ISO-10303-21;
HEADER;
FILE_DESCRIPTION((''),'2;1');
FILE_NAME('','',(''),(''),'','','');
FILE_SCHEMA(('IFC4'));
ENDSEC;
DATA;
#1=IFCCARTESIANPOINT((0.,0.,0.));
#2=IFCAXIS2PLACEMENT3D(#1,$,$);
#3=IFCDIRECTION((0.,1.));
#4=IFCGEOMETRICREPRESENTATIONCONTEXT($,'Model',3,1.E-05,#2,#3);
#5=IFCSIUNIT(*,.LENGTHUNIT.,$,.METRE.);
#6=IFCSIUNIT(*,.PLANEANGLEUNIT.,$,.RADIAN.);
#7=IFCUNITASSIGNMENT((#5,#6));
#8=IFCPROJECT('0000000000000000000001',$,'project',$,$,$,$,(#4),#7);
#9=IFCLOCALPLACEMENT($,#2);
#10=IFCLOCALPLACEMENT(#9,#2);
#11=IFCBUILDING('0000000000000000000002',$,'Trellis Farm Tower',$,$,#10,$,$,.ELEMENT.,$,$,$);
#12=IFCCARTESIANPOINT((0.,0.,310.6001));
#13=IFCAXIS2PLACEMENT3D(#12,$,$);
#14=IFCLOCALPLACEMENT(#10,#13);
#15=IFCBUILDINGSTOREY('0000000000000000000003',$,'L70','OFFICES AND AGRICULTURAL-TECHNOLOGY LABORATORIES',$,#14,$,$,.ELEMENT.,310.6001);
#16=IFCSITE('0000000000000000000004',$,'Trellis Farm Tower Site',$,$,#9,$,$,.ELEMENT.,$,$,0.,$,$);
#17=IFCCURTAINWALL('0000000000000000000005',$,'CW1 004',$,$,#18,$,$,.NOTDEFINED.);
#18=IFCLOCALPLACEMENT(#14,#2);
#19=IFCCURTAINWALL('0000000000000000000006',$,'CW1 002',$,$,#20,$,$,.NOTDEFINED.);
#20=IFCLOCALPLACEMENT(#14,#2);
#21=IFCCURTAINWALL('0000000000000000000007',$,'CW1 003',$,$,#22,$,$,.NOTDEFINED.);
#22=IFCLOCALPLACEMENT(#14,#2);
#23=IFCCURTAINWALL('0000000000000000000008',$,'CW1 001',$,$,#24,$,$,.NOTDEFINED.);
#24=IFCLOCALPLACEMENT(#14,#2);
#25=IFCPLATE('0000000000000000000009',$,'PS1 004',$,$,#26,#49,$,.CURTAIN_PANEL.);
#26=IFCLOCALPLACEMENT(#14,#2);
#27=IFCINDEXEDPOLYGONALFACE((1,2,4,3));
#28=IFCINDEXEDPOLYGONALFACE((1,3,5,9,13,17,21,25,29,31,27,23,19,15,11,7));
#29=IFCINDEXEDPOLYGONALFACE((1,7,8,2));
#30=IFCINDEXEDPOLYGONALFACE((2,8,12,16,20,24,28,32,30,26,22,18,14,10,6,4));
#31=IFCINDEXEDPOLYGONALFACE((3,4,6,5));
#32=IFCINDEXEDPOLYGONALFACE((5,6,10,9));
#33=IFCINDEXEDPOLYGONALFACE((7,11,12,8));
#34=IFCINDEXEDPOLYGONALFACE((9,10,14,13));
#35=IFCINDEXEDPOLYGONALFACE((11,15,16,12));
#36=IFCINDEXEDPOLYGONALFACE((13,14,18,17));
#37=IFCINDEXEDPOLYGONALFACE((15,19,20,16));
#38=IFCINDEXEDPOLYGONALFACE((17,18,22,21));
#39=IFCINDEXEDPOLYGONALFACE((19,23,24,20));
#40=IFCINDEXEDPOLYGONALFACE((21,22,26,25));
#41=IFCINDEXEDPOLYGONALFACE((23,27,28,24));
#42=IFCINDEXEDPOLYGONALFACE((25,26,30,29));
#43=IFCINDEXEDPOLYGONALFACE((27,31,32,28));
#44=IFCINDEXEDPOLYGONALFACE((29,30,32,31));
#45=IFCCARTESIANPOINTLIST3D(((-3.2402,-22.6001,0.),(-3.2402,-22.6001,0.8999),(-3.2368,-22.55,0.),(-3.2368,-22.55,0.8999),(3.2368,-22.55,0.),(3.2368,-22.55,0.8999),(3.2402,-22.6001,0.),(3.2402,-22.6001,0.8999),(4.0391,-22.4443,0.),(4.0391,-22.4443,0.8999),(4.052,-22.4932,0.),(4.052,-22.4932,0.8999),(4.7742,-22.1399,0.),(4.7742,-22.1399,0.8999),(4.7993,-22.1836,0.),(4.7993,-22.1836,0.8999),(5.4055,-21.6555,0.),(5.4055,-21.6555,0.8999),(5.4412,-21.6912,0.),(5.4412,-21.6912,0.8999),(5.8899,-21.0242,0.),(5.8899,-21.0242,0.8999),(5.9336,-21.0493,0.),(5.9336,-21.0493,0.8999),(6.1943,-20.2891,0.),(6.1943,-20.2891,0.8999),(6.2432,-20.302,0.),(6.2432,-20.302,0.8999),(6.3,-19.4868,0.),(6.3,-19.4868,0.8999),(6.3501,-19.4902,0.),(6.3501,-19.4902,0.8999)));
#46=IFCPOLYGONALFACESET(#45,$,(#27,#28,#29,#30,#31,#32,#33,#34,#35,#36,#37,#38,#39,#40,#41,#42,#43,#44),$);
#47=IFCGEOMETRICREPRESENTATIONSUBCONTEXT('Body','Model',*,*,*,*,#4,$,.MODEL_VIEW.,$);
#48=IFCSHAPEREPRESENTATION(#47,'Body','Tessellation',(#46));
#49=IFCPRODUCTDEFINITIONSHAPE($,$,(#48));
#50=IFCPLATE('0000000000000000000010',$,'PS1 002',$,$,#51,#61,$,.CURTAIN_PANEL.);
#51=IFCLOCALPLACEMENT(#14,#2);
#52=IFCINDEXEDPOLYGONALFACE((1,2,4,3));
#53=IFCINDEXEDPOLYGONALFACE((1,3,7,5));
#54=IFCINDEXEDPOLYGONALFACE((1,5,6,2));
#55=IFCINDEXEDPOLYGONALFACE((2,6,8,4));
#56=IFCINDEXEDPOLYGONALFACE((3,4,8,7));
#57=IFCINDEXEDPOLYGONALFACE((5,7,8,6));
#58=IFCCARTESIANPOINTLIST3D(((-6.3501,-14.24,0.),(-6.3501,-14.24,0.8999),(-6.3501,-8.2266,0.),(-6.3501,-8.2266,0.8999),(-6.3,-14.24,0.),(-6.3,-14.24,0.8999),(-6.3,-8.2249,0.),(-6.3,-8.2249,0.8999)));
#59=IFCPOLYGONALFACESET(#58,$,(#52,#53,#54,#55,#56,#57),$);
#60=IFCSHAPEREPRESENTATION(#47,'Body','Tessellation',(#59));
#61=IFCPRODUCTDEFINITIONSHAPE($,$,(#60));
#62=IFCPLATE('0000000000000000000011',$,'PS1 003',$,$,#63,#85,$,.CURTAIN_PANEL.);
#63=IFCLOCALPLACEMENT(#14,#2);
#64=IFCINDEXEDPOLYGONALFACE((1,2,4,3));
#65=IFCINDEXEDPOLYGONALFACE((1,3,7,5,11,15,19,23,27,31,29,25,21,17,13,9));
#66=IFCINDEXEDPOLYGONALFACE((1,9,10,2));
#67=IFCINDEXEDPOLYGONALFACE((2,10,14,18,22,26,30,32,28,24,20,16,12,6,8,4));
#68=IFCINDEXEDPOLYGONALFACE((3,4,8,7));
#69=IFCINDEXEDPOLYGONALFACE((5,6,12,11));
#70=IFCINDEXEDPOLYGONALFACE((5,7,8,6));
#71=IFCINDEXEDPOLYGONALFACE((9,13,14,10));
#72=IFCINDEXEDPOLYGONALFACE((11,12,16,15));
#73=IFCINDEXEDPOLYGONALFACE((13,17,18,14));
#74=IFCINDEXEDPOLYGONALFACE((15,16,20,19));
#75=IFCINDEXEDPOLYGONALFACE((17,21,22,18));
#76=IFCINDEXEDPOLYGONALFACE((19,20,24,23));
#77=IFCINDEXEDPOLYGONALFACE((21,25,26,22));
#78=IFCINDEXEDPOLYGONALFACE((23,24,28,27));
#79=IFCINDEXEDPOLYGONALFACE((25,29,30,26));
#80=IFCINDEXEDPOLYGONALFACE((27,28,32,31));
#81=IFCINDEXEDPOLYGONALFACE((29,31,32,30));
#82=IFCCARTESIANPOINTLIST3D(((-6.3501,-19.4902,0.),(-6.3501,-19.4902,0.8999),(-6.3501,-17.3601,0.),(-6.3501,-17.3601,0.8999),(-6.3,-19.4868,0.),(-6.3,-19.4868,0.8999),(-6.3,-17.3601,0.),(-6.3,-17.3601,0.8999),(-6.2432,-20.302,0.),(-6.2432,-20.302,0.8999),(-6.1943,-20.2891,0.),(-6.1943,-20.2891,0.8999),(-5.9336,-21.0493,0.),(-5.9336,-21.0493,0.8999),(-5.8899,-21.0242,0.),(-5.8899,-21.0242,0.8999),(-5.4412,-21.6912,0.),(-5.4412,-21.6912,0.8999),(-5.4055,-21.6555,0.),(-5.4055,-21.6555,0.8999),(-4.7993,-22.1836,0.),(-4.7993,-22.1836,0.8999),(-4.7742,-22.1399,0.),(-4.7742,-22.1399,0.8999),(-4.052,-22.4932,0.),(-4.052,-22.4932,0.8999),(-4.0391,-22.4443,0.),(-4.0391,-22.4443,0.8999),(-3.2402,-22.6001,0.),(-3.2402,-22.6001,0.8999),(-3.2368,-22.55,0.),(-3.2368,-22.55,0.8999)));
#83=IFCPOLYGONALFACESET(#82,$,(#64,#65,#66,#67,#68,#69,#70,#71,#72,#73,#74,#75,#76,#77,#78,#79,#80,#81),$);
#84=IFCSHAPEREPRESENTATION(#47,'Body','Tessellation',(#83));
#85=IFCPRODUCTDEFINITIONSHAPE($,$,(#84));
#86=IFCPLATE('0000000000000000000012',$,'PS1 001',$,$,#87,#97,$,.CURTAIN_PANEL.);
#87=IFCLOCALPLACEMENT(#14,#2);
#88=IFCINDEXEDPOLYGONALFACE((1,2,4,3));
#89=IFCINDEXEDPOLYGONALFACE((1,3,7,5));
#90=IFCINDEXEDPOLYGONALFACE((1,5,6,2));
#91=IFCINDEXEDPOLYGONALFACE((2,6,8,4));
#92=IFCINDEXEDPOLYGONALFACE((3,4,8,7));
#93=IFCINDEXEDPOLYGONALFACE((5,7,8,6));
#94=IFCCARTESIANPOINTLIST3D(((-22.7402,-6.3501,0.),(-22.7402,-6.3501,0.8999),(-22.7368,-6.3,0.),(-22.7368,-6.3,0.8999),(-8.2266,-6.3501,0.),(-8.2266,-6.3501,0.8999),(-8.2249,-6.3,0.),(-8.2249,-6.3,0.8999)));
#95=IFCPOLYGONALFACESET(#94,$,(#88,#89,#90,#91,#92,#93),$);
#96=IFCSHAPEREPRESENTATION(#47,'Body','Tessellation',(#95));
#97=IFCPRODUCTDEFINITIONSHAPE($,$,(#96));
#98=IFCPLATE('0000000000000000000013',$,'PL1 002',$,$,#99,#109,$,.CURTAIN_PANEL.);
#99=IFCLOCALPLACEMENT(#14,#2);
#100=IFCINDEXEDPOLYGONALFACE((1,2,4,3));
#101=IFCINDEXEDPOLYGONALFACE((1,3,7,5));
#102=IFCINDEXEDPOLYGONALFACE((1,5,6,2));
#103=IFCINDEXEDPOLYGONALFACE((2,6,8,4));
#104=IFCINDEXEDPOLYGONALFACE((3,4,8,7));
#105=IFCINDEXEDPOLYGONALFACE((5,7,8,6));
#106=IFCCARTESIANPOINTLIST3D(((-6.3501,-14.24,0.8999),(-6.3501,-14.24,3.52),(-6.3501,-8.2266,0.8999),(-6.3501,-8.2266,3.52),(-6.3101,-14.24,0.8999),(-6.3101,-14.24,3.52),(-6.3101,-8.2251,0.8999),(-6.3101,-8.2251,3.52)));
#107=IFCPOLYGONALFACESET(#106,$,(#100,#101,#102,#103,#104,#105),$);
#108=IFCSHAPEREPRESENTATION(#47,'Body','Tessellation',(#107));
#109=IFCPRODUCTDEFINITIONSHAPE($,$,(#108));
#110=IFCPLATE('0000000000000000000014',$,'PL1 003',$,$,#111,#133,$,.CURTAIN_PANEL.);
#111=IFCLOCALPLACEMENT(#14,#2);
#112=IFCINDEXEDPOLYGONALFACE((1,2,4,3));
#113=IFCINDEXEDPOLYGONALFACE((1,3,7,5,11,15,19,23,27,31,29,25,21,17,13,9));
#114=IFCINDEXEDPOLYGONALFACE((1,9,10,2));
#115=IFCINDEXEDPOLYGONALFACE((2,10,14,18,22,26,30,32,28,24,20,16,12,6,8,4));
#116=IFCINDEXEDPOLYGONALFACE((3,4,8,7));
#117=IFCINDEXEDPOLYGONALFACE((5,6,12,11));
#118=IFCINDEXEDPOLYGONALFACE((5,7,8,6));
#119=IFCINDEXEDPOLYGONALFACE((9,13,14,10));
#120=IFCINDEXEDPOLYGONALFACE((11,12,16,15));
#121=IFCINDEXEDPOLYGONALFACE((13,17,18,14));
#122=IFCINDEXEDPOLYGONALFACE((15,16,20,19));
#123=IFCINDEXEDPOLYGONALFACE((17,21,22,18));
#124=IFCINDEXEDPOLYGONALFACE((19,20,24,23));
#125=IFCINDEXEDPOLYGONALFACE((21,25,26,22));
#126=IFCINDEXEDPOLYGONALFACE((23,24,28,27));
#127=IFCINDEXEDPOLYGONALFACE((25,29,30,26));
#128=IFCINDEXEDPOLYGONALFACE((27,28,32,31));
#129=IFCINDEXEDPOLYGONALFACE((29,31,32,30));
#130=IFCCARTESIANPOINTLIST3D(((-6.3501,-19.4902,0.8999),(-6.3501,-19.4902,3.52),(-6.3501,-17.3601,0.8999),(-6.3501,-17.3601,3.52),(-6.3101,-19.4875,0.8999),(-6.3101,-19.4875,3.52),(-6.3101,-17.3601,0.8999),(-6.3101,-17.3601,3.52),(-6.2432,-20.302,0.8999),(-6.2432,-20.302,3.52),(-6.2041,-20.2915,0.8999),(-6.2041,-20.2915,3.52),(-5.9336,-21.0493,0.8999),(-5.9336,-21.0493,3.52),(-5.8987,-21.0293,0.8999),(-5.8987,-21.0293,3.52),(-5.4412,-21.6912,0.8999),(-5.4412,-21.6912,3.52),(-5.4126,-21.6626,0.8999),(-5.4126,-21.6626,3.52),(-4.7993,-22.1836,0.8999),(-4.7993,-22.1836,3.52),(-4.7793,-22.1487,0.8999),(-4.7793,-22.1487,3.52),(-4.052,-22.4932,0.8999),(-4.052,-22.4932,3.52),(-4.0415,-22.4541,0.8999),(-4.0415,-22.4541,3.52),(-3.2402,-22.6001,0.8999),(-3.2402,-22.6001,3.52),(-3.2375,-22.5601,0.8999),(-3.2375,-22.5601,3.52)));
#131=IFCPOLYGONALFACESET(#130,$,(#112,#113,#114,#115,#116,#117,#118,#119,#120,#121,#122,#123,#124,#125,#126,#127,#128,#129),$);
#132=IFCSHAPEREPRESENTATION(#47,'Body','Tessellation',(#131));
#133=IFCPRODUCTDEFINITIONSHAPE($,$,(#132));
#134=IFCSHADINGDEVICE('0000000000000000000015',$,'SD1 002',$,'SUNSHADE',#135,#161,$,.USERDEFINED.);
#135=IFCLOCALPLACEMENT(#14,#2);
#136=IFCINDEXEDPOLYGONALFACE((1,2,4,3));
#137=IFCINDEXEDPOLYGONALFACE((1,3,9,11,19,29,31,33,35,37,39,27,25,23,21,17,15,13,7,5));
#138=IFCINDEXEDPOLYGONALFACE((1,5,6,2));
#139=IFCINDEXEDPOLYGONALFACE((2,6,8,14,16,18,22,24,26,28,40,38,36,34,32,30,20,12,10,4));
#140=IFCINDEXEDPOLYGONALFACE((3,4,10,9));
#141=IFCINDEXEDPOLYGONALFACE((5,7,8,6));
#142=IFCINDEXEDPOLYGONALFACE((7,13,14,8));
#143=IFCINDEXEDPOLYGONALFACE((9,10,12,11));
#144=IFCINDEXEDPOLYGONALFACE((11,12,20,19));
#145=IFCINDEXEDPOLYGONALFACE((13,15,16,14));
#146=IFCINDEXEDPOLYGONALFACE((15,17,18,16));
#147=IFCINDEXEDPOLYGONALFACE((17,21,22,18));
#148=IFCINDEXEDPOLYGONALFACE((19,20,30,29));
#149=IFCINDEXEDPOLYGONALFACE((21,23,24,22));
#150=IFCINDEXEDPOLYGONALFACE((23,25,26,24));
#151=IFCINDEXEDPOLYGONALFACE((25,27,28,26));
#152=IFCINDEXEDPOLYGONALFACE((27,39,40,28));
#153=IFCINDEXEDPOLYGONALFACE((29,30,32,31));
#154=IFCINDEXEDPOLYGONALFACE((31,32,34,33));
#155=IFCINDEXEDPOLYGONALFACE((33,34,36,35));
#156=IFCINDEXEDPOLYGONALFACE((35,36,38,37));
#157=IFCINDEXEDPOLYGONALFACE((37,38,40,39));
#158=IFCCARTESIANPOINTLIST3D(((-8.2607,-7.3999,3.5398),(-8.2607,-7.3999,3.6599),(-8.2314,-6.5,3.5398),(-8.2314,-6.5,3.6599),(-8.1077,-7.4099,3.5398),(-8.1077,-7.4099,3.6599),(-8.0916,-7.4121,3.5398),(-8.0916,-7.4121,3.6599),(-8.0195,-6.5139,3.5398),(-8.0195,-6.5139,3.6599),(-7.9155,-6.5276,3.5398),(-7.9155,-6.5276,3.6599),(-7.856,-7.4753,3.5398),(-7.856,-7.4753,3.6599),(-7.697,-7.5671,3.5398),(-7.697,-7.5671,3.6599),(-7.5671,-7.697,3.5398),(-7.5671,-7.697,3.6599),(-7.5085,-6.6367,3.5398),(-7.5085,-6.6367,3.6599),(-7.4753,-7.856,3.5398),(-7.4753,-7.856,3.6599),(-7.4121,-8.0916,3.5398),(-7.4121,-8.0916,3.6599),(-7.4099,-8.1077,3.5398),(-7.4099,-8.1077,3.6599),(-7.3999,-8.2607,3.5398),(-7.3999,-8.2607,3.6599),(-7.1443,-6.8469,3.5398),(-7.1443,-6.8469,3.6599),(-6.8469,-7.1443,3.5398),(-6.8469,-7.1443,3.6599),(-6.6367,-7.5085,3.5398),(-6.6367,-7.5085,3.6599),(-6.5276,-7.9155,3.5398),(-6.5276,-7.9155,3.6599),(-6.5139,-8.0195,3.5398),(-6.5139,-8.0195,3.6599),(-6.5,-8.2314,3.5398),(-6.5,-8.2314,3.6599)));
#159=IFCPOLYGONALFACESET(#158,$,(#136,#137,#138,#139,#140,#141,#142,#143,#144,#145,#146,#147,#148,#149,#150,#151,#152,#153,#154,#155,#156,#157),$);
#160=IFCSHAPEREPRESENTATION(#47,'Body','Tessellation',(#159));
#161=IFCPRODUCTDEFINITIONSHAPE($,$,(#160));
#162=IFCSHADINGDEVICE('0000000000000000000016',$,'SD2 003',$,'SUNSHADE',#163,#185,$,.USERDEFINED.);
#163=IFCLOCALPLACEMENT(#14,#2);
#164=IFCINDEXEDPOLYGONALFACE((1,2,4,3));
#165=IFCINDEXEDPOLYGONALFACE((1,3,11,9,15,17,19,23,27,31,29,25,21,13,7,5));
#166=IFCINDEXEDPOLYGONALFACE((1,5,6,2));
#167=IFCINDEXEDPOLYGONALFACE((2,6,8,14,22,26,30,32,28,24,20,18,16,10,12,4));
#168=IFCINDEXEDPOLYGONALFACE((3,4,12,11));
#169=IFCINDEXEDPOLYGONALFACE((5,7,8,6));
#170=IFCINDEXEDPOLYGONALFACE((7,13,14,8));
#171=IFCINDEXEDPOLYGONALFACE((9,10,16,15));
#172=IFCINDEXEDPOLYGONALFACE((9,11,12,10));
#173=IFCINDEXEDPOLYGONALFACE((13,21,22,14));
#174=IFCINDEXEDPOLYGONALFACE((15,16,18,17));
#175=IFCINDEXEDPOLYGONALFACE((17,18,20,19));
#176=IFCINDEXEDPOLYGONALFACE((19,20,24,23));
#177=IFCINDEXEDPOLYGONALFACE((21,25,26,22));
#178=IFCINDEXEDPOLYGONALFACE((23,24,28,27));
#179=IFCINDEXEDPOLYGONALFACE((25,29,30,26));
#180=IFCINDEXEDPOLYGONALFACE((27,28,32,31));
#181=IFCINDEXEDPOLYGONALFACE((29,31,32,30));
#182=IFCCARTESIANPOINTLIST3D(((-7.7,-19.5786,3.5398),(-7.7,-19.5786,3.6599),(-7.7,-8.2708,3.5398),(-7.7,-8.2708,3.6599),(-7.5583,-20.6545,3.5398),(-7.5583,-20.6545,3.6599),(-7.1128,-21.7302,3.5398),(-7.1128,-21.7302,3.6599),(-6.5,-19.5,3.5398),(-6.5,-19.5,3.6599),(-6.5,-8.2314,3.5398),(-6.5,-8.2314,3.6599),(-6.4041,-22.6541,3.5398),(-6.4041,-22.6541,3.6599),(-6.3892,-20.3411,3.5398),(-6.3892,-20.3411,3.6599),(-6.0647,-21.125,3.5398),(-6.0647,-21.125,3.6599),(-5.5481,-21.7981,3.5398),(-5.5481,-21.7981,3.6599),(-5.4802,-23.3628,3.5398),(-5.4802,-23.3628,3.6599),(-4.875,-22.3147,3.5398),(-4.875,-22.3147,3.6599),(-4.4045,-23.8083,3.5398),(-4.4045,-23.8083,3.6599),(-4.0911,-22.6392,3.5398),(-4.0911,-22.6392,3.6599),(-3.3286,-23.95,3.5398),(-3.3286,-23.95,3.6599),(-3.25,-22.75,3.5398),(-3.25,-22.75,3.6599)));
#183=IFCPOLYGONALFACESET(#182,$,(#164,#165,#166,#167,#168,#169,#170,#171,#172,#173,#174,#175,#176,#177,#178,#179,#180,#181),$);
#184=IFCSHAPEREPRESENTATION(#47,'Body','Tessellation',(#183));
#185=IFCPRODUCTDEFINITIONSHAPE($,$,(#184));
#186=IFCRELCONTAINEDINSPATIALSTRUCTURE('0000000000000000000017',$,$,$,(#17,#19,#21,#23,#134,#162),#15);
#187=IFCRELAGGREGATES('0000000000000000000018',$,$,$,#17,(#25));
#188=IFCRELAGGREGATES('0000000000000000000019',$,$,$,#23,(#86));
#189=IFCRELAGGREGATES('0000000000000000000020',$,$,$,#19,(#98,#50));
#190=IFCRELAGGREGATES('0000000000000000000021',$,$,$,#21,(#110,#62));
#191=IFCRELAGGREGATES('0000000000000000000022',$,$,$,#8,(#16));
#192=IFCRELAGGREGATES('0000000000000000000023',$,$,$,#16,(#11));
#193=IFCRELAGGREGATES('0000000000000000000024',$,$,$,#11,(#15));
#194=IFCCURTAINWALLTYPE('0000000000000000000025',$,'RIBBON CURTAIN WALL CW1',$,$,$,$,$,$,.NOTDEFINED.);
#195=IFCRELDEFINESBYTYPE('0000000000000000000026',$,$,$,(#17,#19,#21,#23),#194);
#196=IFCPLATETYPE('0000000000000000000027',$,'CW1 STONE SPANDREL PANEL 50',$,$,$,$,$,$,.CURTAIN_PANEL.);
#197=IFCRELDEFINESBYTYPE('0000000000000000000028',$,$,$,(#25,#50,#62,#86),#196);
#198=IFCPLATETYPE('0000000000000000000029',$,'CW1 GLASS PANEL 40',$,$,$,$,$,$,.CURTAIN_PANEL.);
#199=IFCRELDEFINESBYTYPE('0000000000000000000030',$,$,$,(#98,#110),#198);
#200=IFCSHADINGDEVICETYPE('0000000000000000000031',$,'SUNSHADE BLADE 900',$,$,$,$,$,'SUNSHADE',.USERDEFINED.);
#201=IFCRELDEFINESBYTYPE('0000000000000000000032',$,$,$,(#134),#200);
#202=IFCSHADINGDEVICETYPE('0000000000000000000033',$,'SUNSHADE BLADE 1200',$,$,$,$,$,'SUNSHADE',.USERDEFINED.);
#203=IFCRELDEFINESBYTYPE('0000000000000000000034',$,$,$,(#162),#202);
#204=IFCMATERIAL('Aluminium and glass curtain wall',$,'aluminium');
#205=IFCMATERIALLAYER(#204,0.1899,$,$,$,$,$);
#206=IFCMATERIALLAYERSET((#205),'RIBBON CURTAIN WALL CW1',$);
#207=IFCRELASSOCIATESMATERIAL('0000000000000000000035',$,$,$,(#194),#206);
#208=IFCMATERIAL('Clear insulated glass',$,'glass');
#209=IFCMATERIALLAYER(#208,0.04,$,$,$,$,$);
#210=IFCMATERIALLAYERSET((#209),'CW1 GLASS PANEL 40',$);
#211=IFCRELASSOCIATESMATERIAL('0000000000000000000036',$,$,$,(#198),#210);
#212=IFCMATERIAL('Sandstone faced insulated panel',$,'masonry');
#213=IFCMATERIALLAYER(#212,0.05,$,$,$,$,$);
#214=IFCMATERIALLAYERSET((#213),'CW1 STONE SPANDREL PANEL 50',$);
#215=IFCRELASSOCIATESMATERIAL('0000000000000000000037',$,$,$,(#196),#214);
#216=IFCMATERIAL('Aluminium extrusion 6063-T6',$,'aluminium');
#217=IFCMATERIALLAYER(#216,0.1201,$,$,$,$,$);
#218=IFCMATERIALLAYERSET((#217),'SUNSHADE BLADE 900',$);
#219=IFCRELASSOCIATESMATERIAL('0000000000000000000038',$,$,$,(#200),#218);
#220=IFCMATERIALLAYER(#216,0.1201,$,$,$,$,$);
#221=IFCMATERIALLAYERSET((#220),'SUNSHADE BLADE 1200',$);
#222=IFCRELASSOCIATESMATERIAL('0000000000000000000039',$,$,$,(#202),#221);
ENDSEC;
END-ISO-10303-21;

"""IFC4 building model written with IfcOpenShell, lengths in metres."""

from ifc_helpers import new_model, si_unit, direction, frame, origin, place, context, subcontext, project, spatial, polyline, outline, extrude, source, transform, mapped, material, layer, layer_set, type_object, element, aggregate, save


model = new_model("IFC4")

# Units and contexts
model_context = context("Model", 3, precision=1e-05, world=origin(), true_north=direction((0.0, 1.0)))
body_context = subcontext(model_context, "Body", "Model", "MODEL_VIEW")
ifc_project = project(units=[si_unit("LENGTHUNIT", "METRE"), si_unit("PLANEANGLEUNIT", "RADIAN")], contexts=[model_context])

# Site, building, storey
site_placement = place(None, origin())
site = spatial("IfcSite", under=ifc_project, at=site_placement, Name="Trellis Farm Tower Site", CompositionType="ELEMENT", RefElevation=0.0)
building_placement = place(site_placement, origin())
building = spatial("IfcBuilding", under=site, at=building_placement, Name="Trellis Farm Tower", CompositionType="ELEMENT")
storey_placement = place(building_placement, frame((0.0, 0.0, 310.6001)))
storey = spatial("IfcBuildingStorey", under=building, at=storey_placement, Name="L70", Description="OFFICES AND AGRICULTURAL-TECHNOLOGY LABORATORIES", CompositionType="ELEMENT", Elevation=310.6001)

# Curtain walls
ifc_material_1 = material(Name="Aluminium and glass curtain wall", Category="aluminium")
placement_1 = place(storey_placement, origin())
ifc_material_2 = material(Name="Aluminium extrusion 6063-T6", Category="aluminium")
ifc_layer_1 = layer(ifc_material_1, 0.1899)
ifc_layer_set_1 = layer_set([ifc_layer_1], Name="RIBBON CURTAIN WALL CW1")
curtain_wall_type_1 = type_object("IfcCurtainWallType", Name="RIBBON CURTAIN WALL CW1", PredefinedType="NOTDEFINED", material=ifc_layer_set_1)
curtain_wall_1 = element("IfcCurtainWall", 1, at=placement_1, inside=storey, type_object=curtain_wall_type_1, Name="CW1 004", PredefinedType="NOTDEFINED")
curtain_wall_2 = element("IfcCurtainWall", 2, at=placement_1, inside=storey, type_object=curtain_wall_type_1, Name="CW1 002", PredefinedType="NOTDEFINED")
curtain_wall_3 = element("IfcCurtainWall", 3, at=placement_1, inside=storey, type_object=curtain_wall_type_1, Name="CW1 003", PredefinedType="NOTDEFINED")
curtain_wall_4 = element("IfcCurtainWall", 4, at=placement_1, inside=storey, type_object=curtain_wall_type_1, Name="CW1 001", PredefinedType="NOTDEFINED")

# Plates
ifc_material_3 = material(Name="Clear insulated glass", Category="glass")
ifc_layer_2 = layer(ifc_material_3, 0.04)
ifc_layer_set_2 = layer_set([ifc_layer_2], Name="CW1 GLASS PANEL 40")
plate_type_1 = type_object("IfcPlateType", Name="CW1 GLASS PANEL 40", PredefinedType="CURTAIN_PANEL", material=ifc_layer_set_2)
placement_2 = place(storey_placement, frame((0.0, 0.0, 0.8999)))
ifc_material_4 = material(Name="Sandstone faced insulated panel", Category="masonry")
ifc_layer_3 = layer(ifc_material_4, 0.05)
ifc_layer_set_3 = layer_set([ifc_layer_3], Name="CW1 STONE SPANDREL PANEL 50")
plate_type_2 = type_object("IfcPlateType", Name="CW1 STONE SPANDREL PANEL 50", PredefinedType="CURTAIN_PANEL", material=ifc_layer_set_3)
shared_shape_1 = source(origin(), body_context, "Body", "SweptSolid", [
    extrude(outline(polyline([(-3.2402, -22.6001), (3.2402, -22.6001), (4.052, -22.4932), (4.7993, -22.1836), (5.4412, -21.6912), (5.9336, -21.0493), (6.2432, -20.302), (6.3501, -19.4902), (6.3, -19.4868), (6.1943, -20.2891), (5.8899, -21.0242), (5.4055, -21.6555), (4.7742, -22.1399), (4.0391, -22.4443), (3.2368, -22.55), (-3.2368, -22.55), (-3.2402, -22.6001)])), origin(), (0.0, 0.0, 1.0), 0.8999),
])
plate_1 = element("IfcPlate", 5, at=placement_1, type_object=plate_type_2, Name="PS1 004", PredefinedType="CURTAIN_PANEL", context=body_context, shape_type="MappedRepresentation", body=[
    mapped(shared_shape_1, transform((0.0, 0.0, 0.0))),
])
aggregate(curtain_wall_1, [plate_1])
shared_shape_2 = source(origin(), body_context, "Body", "SweptSolid", [
    extrude(outline(polyline([(-6.3501, -8.2266), (-6.3501, -14.24), (-6.3, -14.24), (-6.3, -8.2249), (-6.3501, -8.2266)])), origin(), (0.0, 0.0, 1.0), 0.8999),
])
plate_2 = element("IfcPlate", 6, at=placement_1, type_object=plate_type_2, Name="PS1 002", PredefinedType="CURTAIN_PANEL", context=body_context, shape_type="MappedRepresentation", body=[
    mapped(shared_shape_2, transform((0.0, 0.0, 0.0))),
])
shared_shape_3 = source(origin(), body_context, "Body", "SweptSolid", [
    extrude(outline(polyline([(-6.3501, -17.3601), (-6.3501, -19.4902), (-6.2432, -20.302), (-5.9336, -21.0493), (-5.4412, -21.6912), (-4.7993, -22.1836), (-4.052, -22.4932), (-3.2402, -22.6001), (-3.2368, -22.55), (-4.0391, -22.4443), (-4.7742, -22.1399), (-5.4055, -21.6555), (-5.8899, -21.0242), (-6.1943, -20.2891), (-6.3, -19.4868), (-6.3, -17.3601), (-6.3501, -17.3601)])), origin(), (0.0, 0.0, 1.0), 0.8999),
])
plate_3 = element("IfcPlate", 7, at=placement_1, type_object=plate_type_2, Name="PS1 003", PredefinedType="CURTAIN_PANEL", context=body_context, shape_type="MappedRepresentation", body=[
    mapped(shared_shape_3, transform((0.0, 0.0, 0.0))),
])
shared_shape_4 = source(origin(), body_context, "Body", "SweptSolid", [
    extrude(outline(polyline([(-22.7402, -6.3501), (-8.2266, -6.3501), (-8.2249, -6.3), (-22.7368, -6.3), (-22.7402, -6.3501)])), origin(), (0.0, 0.0, 1.0), 0.8999),
])
plate_4 = element("IfcPlate", 8, at=placement_1, type_object=plate_type_2, Name="PS1 001", PredefinedType="CURTAIN_PANEL", context=body_context, shape_type="MappedRepresentation", body=[
    mapped(shared_shape_4, transform((0.0, 0.0, 0.0))),
])
aggregate(curtain_wall_4, [plate_4])
shared_shape_5 = source(origin(), body_context, "Body", "SweptSolid", [
    extrude(outline(polyline([(-6.3501, -8.2266), (-6.3501, -14.24), (-6.3101, -14.24), (-6.3101, -8.2251), (-6.3501, -8.2266)])), origin(), (0.0, 0.0, 1.0), 2.6201),
])
plate_5 = element("IfcPlate", 9, at=placement_2, type_object=plate_type_1, Name="PL1 002", PredefinedType="CURTAIN_PANEL", context=body_context, shape_type="MappedRepresentation", body=[
    mapped(shared_shape_5, transform((0.0, 0.0, 0.0))),
])
aggregate(curtain_wall_2, [plate_5, plate_2])
shared_shape_6 = source(origin(), body_context, "Body", "SweptSolid", [
    extrude(outline(polyline([(-6.3501, -17.3601), (-6.3501, -19.4902), (-6.2432, -20.302), (-5.9336, -21.0493), (-5.4412, -21.6912), (-4.7993, -22.1836), (-4.052, -22.4932), (-3.2402, -22.6001), (-3.2375, -22.5601), (-4.0415, -22.4541), (-4.7793, -22.1487), (-5.4126, -21.6626), (-5.8987, -21.0293), (-6.2041, -20.2915), (-6.3101, -19.4875), (-6.3101, -17.3601), (-6.3501, -17.3601)])), origin(), (0.0, 0.0, 1.0), 2.6201),
])
plate_6 = element("IfcPlate", 10, at=placement_2, type_object=plate_type_1, Name="PL1 003", PredefinedType="CURTAIN_PANEL", context=body_context, shape_type="MappedRepresentation", body=[
    mapped(shared_shape_6, transform((0.0, 0.0, 0.0))),
])
aggregate(curtain_wall_3, [plate_6, plate_3])

# Shading devices
ifc_layer_4 = layer(ifc_material_2, 0.1201)
ifc_layer_set_4 = layer_set([ifc_layer_4], Name="SUNSHADE BLADE 900")
shading_device_type_1 = type_object("IfcShadingDeviceType", Name="SUNSHADE BLADE 900", ElementType="SUNSHADE", PredefinedType="USERDEFINED", material=ifc_layer_set_4)
shared_shape_7 = source(origin(), body_context, "Body", "SweptSolid", [
    extrude(outline(polyline([(-8.2607, -7.3999), (-8.1077, -7.4099), (-8.0916, -7.4121), (-7.856, -7.4753), (-7.697, -7.5671), (-7.5671, -7.697), (-7.4753, -7.856), (-7.4121, -8.0916), (-7.4099, -8.1077), (-7.3999, -8.2607), (-6.5, -8.2314), (-6.5139, -8.0195), (-6.5276, -7.9155), (-6.6367, -7.5085), (-6.8469, -7.1443), (-7.1443, -6.8469), (-7.5085, -6.6367), (-7.9155, -6.5276), (-8.0195, -6.5139), (-8.2314, -6.5), (-8.2607, -7.3999)])), origin(), (0.0, 0.0, 1.0), 0.1201),
])
placement_3 = place(storey_placement, frame((0.0, 0.0, 3.5398)))
element("IfcShadingDevice", 11, at=placement_3, inside=storey, type_object=shading_device_type_1, Name="SD1 002", ObjectType="SUNSHADE", PredefinedType="USERDEFINED", context=body_context, shape_type="MappedRepresentation", body=[
    mapped(shared_shape_7, transform((0.0, 0.0, 0.0))),
])
ifc_layer_5 = layer(ifc_material_2, 0.1201)
ifc_layer_set_5 = layer_set([ifc_layer_5], Name="SUNSHADE BLADE 1200")
shading_device_type_2 = type_object("IfcShadingDeviceType", Name="SUNSHADE BLADE 1200", ElementType="SUNSHADE", PredefinedType="USERDEFINED", material=ifc_layer_set_5)
shared_shape_8 = source(origin(), body_context, "Body", "SweptSolid", [
    extrude(outline(polyline([(-7.7, -8.2708), (-7.7, -19.5786), (-7.5583, -20.6545), (-7.1128, -21.7302), (-6.4041, -22.6541), (-5.4802, -23.3628), (-4.4045, -23.8083), (-3.3286, -23.95), (-3.25, -22.75), (-4.0911, -22.6392), (-4.875, -22.3147), (-5.5481, -21.7981), (-6.0647, -21.125), (-6.3892, -20.3411), (-6.5, -19.5), (-6.5, -8.2314), (-7.7, -8.2708)])), origin(), (0.0, 0.0, 1.0), 0.1201),
])
element("IfcShadingDevice", 12, at=placement_3, inside=storey, type_object=shading_device_type_2, Name="SD2 003", ObjectType="SUNSHADE", PredefinedType="USERDEFINED", context=body_context, shape_type="MappedRepresentation", body=[
    mapped(shared_shape_8, transform((0.0, 0.0, 0.0))),
])

save(model, "model.ifc")
